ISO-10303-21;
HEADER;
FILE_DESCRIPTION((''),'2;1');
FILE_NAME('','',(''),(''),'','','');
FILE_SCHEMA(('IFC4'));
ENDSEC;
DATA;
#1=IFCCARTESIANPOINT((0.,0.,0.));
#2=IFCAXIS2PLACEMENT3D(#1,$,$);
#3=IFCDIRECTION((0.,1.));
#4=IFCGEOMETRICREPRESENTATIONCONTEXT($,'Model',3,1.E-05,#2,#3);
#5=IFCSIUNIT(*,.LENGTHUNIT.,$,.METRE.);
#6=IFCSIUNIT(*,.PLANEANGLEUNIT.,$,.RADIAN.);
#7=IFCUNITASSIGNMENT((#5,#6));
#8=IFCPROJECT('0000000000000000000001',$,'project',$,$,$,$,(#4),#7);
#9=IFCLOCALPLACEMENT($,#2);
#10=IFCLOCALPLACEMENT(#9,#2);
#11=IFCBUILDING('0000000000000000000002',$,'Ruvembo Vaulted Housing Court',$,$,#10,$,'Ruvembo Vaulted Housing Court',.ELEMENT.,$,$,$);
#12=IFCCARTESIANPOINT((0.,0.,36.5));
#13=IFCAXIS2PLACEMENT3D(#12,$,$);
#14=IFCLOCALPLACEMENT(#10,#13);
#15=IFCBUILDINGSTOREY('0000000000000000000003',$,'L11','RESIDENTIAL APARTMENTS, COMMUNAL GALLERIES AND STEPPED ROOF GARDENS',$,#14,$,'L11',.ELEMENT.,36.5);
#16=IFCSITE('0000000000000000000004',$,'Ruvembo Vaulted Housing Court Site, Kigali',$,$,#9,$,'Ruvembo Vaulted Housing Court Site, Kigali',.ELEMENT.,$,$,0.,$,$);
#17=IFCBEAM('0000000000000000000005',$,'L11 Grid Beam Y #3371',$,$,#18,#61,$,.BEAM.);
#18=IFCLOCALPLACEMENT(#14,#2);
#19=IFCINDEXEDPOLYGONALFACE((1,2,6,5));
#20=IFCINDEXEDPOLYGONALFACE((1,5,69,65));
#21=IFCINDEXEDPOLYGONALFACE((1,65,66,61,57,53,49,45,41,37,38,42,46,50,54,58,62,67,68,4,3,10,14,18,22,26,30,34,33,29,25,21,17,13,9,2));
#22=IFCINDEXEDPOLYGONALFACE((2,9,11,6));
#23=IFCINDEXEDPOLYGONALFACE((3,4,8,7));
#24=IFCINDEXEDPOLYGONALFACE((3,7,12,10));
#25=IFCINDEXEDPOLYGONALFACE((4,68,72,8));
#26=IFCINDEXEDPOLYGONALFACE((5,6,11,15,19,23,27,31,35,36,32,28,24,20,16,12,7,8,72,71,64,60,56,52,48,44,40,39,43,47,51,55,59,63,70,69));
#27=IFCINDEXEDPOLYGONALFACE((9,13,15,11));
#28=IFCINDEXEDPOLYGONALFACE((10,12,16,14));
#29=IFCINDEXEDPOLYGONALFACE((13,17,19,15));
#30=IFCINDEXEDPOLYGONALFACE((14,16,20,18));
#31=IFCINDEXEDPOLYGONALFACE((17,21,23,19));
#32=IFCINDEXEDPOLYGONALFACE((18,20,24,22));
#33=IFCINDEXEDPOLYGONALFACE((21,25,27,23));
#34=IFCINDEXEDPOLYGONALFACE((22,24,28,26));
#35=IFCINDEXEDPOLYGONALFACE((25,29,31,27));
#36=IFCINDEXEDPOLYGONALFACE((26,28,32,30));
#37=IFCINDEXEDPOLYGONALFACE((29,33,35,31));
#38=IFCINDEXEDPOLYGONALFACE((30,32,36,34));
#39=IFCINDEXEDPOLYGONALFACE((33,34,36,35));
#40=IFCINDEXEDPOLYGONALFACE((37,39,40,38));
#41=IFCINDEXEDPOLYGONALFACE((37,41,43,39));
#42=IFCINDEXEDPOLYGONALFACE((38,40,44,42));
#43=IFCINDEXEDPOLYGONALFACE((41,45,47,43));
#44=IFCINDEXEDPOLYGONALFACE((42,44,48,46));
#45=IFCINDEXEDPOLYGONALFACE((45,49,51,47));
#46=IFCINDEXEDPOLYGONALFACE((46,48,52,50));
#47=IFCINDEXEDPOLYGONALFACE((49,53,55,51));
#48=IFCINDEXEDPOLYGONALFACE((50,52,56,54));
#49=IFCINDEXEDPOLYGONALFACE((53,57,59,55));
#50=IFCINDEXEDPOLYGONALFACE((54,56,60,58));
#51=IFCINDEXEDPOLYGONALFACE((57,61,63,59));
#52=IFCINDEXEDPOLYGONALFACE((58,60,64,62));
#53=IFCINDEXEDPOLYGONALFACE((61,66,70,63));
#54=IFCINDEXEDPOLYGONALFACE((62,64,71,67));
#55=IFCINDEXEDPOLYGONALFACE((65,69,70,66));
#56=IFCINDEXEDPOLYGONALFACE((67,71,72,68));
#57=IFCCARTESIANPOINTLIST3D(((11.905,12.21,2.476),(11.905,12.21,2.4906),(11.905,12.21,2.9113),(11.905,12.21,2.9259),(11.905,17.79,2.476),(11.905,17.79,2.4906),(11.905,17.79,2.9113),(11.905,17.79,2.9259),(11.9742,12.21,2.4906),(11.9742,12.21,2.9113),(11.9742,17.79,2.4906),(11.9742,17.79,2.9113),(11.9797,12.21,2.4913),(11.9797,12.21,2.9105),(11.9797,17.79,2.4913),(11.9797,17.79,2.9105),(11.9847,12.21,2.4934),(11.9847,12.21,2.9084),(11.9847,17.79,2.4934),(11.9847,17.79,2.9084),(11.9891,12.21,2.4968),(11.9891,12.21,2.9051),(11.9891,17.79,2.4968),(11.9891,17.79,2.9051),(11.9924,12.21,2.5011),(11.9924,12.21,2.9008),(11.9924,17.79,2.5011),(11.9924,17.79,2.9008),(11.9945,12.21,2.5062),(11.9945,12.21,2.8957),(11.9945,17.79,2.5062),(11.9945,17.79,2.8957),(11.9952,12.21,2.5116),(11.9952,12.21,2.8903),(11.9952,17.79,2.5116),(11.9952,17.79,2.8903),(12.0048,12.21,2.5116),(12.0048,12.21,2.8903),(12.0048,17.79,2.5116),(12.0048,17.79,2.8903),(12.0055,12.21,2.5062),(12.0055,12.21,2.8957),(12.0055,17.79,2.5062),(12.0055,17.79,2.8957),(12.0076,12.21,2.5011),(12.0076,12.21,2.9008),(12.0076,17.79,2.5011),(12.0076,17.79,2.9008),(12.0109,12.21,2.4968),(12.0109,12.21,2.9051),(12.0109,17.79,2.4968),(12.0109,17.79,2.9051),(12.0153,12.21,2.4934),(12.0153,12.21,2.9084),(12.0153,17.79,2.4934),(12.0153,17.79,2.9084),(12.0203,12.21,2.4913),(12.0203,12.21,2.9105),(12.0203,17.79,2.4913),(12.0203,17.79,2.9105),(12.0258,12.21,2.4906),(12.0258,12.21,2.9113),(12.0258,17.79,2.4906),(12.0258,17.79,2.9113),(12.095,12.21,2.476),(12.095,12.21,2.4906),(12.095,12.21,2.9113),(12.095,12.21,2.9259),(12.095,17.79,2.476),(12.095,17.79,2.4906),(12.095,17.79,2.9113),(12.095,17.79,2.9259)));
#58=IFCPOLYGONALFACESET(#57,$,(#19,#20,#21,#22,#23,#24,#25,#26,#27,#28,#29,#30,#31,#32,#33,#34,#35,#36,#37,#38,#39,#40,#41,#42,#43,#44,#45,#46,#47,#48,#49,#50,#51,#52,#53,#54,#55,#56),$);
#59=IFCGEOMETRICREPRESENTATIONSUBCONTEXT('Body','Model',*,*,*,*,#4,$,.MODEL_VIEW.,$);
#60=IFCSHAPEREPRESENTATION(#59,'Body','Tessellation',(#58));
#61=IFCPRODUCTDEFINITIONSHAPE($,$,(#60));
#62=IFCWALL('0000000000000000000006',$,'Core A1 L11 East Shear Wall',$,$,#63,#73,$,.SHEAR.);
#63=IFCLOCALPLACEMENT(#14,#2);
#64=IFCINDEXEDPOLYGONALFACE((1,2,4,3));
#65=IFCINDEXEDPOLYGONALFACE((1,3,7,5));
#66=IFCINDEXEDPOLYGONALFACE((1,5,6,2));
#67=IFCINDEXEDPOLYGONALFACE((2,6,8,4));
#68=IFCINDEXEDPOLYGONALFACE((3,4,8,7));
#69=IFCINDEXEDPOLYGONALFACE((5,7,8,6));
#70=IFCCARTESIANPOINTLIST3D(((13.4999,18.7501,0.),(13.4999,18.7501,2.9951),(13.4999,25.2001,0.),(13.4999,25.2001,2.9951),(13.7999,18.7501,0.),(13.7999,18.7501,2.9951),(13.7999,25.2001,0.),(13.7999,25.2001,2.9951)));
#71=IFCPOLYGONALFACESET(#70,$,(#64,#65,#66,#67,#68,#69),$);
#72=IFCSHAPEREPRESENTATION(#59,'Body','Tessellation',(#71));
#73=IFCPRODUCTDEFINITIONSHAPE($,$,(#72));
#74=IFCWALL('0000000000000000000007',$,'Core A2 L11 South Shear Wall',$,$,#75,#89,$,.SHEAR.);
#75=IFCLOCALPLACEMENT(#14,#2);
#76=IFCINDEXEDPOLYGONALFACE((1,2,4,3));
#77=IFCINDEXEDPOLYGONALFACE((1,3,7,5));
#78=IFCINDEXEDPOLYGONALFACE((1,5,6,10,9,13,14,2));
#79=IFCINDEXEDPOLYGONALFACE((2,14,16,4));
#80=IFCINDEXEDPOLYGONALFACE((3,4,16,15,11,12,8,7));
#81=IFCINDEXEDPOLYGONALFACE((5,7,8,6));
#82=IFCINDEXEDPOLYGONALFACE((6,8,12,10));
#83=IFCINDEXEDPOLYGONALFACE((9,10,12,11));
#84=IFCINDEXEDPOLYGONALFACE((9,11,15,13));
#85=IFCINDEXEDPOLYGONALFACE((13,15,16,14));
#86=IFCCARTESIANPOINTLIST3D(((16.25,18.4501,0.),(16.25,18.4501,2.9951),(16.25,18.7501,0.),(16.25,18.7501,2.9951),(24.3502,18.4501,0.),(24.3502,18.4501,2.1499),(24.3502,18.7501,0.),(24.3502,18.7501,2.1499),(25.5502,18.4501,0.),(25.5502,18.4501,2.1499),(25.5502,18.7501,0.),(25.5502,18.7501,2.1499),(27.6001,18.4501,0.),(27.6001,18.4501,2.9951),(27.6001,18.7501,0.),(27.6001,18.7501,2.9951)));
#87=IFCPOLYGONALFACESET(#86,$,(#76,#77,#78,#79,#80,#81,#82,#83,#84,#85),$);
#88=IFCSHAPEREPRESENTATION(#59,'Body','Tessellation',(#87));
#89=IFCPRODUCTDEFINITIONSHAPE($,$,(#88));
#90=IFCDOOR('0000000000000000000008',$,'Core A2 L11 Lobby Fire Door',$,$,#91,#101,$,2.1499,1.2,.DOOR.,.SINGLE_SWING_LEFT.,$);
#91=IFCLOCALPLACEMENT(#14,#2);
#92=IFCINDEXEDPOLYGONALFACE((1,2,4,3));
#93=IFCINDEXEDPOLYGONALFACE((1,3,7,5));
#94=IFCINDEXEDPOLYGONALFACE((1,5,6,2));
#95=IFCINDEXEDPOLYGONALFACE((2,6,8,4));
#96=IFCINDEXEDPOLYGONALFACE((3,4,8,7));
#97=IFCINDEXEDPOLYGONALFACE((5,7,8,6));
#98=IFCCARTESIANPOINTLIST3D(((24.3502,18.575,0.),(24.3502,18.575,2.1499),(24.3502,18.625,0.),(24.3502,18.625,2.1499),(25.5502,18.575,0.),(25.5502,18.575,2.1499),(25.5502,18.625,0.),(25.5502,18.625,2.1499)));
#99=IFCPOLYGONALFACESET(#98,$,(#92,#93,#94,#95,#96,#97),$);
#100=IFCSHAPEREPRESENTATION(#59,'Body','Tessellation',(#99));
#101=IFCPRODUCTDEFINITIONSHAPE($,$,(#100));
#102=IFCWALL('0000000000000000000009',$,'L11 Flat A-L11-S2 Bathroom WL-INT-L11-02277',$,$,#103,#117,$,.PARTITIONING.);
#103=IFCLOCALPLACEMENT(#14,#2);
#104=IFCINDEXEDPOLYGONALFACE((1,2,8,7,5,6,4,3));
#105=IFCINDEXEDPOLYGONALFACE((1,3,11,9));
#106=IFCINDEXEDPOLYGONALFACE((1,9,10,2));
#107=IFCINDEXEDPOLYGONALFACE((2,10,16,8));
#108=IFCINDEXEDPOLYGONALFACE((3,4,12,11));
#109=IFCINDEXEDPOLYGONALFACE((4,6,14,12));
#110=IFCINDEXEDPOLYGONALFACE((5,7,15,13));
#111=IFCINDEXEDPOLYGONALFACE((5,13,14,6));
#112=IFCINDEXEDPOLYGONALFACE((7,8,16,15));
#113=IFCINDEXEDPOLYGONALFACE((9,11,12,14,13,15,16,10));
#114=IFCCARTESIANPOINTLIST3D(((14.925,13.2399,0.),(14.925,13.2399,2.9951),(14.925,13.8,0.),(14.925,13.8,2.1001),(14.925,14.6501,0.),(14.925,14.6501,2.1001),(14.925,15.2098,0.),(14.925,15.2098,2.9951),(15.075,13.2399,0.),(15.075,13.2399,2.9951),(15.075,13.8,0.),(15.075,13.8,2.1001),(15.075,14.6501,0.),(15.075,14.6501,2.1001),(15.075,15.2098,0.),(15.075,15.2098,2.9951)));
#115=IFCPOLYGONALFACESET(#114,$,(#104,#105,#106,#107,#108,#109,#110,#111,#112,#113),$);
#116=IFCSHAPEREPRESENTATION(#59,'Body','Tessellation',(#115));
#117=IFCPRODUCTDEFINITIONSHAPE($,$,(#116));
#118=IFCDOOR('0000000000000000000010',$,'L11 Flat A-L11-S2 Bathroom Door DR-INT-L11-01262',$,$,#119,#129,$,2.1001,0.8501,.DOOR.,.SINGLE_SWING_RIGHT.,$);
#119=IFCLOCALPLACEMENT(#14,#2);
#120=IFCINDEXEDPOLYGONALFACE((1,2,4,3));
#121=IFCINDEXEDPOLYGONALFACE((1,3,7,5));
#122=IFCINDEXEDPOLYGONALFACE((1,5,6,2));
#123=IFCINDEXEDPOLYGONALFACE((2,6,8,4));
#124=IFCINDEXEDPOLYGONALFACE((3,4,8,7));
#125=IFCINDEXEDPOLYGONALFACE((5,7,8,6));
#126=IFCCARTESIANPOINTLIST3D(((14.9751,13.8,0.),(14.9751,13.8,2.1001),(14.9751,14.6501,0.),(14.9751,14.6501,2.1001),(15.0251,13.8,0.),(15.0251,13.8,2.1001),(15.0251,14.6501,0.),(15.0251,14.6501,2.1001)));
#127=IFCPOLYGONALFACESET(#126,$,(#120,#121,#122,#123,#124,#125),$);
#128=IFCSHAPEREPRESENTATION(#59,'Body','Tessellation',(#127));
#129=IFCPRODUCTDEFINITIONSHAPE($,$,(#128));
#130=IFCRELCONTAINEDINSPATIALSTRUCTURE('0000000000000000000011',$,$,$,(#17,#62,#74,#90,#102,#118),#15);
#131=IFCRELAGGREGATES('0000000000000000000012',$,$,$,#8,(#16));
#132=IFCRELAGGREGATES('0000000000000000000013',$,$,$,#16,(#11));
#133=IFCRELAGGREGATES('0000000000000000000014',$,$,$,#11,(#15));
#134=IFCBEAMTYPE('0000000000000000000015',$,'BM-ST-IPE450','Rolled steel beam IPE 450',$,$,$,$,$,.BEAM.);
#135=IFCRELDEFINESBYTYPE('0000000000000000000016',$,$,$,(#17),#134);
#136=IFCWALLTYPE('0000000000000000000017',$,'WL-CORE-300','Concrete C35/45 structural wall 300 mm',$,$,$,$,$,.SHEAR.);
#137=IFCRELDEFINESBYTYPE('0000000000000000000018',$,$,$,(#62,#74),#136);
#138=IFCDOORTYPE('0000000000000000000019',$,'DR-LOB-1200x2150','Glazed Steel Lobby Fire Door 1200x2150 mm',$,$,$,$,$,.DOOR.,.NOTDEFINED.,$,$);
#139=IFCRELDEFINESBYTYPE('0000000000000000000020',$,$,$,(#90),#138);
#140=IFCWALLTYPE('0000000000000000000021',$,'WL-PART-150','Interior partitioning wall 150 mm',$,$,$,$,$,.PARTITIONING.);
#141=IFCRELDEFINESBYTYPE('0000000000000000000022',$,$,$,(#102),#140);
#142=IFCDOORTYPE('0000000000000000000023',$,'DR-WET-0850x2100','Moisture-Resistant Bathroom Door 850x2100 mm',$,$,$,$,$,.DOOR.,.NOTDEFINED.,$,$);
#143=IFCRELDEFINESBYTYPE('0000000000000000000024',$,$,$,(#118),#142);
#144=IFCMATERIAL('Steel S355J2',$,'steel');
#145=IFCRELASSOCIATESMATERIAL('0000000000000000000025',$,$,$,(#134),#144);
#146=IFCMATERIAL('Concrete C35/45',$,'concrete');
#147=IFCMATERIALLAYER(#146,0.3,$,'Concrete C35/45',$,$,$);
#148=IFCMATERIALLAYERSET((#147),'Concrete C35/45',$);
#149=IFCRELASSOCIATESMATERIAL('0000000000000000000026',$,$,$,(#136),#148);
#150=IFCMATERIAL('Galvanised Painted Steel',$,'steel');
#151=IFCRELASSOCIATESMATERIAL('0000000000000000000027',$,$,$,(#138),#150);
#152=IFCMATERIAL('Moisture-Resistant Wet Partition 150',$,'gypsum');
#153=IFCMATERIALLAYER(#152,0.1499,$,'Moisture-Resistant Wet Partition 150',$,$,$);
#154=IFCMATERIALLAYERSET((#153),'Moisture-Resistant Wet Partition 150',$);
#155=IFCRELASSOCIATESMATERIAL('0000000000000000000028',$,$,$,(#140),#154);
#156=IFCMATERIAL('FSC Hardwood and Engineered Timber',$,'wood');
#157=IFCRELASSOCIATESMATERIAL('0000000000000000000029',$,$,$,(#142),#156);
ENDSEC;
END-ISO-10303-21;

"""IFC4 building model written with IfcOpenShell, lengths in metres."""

from ifc_helpers import new_model, si_unit, direction, frame, frame_2d, origin, origin_2d, place, context, subcontext, project, spatial, rectangle, i_section, extrude, material, layer, layer_set, material_profile, profile_set, type_object, element, fill, save


model = new_model("IFC4")

# Units and contexts
model_context = context("Model", 3, precision=1e-05, world=origin(), true_north=direction((0.0, 1.0)))
body_context = subcontext(model_context, "Body", "Model", "MODEL_VIEW")
ifc_project = project(units=[si_unit("LENGTHUNIT", "METRE"), si_unit("PLANEANGLEUNIT", "RADIAN")], contexts=[model_context])

# Site, building, storey
site_placement = place(None, origin())
site = spatial("IfcSite", under=ifc_project, at=site_placement, Name="Ruvembo Vaulted Housing Court Site, Kigali", LongName="Ruvembo Vaulted Housing Court Site, Kigali", CompositionType="ELEMENT", RefElevation=0.0)
building_placement = place(site_placement, origin())
building = spatial("IfcBuilding", under=site, at=building_placement, Name="Ruvembo Vaulted Housing Court", LongName="Ruvembo Vaulted Housing Court", CompositionType="ELEMENT")
storey_placement = place(building_placement, frame((0.0, 0.0, 36.5)))
storey = spatial("IfcBuildingStorey", under=building, at=storey_placement, Name="L11", Description="RESIDENTIAL APARTMENTS, COMMUNAL GALLERIES AND STEPPED ROOF GARDENS", LongName="L11", CompositionType="ELEMENT", Elevation=36.5)

# Shared definitions
ifc_material_1 = material(Name="Concrete C35/45", Category="concrete")

# Beam
ifc_material_2 = material(Name="Steel S355J2", Category="steel")
ifc_material_profile_1 = material_profile(ifc_material_2, i_section(OverallWidth=0.1899, OverallDepth=0.45, WebThickness=0.0095, FlangeThickness=0.0146, FilletRadius=0.021, at=origin_2d()), Name="IPE 450")
ifc_profile_set_1 = profile_set([ifc_material_profile_1], Name="Steel S355J2")
beam_type_1 = type_object("IfcBeamType", Name="BM-ST-IPE450", Description="Rolled steel beam IPE 450", PredefinedType="BEAM", material=ifc_profile_set_1)
beam_1_placement = place(storey_placement, frame((12.0, 12.21, 2.7009), z_axis=(0.0, 1.0, 0.0), x_axis=(-1.0, 0.0, 0.0)))
element("IfcBeam", 1, at=beam_1_placement, inside=storey, type_object=beam_type_1, Name="L11 Grid Beam Y #3371", PredefinedType="BEAM", context=body_context, shape_type="SweptSolid", body=[
    extrude(i_section(OverallWidth=0.1899, OverallDepth=0.45, WebThickness=0.0095, FlangeThickness=0.0146, FilletRadius=0.021, at=origin_2d()), origin(), (0.0, 0.0, 1.0), 5.5801),
])

# Wall
ifc_layer_1 = layer(ifc_material_1, 0.3, Name="Concrete C35/45")
ifc_layer_set_1 = layer_set([ifc_layer_1], Name="Concrete C35/45")
wall_type_1 = type_object("IfcWallType", Name="WL-CORE-300", Description="Concrete C35/45 structural wall 300 mm", PredefinedType="SHEAR", material=ifc_layer_set_1)
wall_1_placement = place(storey_placement, frame((13.6499, 18.75, 0.0), z_axis=(0.0, 0.0, 1.0), x_axis=(0.0, 1.0, 0.0)))
element("IfcWall", 2, at=wall_1_placement, inside=storey, type_object=wall_type_1, Name="Core A1 L11 East Shear Wall", PredefinedType="SHEAR", context=body_context, shape_type="SweptSolid", body=[
    extrude(rectangle(XDim=6.45, YDim=0.3, at=frame_2d((3.2251, 0.0))), origin(), (0.0, 0.0, 1.0), 2.9951),
])

# Walls, openings, doors
wall_2_placement = place(storey_placement, frame((16.25, 18.6001, 0.0), z_axis=(0.0, 0.0, 1.0), x_axis=(1.0, 0.0, 0.0)))
wall_2 = element("IfcWall", 3, at=wall_2_placement, inside=storey, type_object=wall_type_1, Name="Core A2 L11 South Shear Wall", PredefinedType="SHEAR", context=body_context, shape_type="SweptSolid", body=[
    extrude(rectangle(XDim=11.3501, YDim=0.3, at=frame_2d((5.675, 0.0))), origin(), (0.0, 0.0, 1.0), 2.9951),
])
opening_1_placement = place(wall_2_placement, frame((8.1001, 0.0, 0.0)))
opening_1 = element("IfcOpeningElement", 4, at=opening_1_placement, cuts=wall_2, PredefinedType="OPENING", context=body_context, shape_type="SweptSolid", body=[
    extrude(rectangle(XDim=1.2, YDim=2.1499, at=frame_2d((0.6001, 1.075))), frame((0.0, 0.1599, 0.0), z_axis=(0.0, -1.0, 0.0), x_axis=(1.0, 0.0, 0.0)), (0.0, 0.0, 1.0), 0.3201),
])
ifc_material_3 = material(Name="Galvanised Painted Steel", Category="steel")
door_type_1 = type_object("IfcDoorType", Name="DR-LOB-1200x2150", Description="Glazed Steel Lobby Fire Door 1200x2150 mm", OperationType="NOTDEFINED", PredefinedType="DOOR", material=ifc_material_3)
door_1_placement = place(opening_1_placement, origin())
door_1 = element("IfcDoor", 5, at=door_1_placement, inside=storey, type_object=door_type_1, Name="Core A2 L11 Lobby Fire Door", OperationType="SINGLE_SWING_LEFT", OverallHeight=2.1499, OverallWidth=1.2, PredefinedType="DOOR", context=body_context, shape_type="SweptSolid", body=[
    extrude(rectangle(XDim=1.2, YDim=2.1499, at=frame_2d((0.6001, 1.075))), frame((0.0, 0.0249, 0.0), z_axis=(0.0, -1.0, 0.0), x_axis=(1.0, 0.0, 0.0)), (0.0, 0.0, 1.0), 0.05),
])
fill(opening_1, door_1)
ifc_material_4 = material(Name="FSC Hardwood and Engineered Timber", Category="wood")
ifc_material_5 = material(Name="Moisture-Resistant Wet Partition 150", Category="gypsum")
ifc_layer_2 = layer(ifc_material_5, 0.1499, Name="Moisture-Resistant Wet Partition 150")
ifc_layer_set_2 = layer_set([ifc_layer_2], Name="Moisture-Resistant Wet Partition 150")
wall_type_2 = type_object("IfcWallType", Name="WL-PART-150", Description="Interior partitioning wall 150 mm", PredefinedType="PARTITIONING", material=ifc_layer_set_2)
wall_3_placement = place(storey_placement, frame((15.0, 13.24, 0.0), z_axis=(0.0, 0.0, 1.0), x_axis=(0.0, 1.0, 0.0)))
wall_3 = element("IfcWall", 6, at=wall_3_placement, inside=storey, type_object=wall_type_2, Name="L11 Flat A-L11-S2 Bathroom WL-INT-L11-02277", PredefinedType="PARTITIONING", context=body_context, shape_type="SweptSolid", body=[
    extrude(rectangle(XDim=1.97, YDim=0.1499, at=frame_2d((0.9849, 0.0))), origin(), (0.0, 0.0, 1.0), 2.9951),
])
opening_2_placement = place(wall_3_placement, frame((0.5601, 0.0, 0.0)))
opening_2 = element("IfcOpeningElement", 7, at=opening_2_placement, cuts=wall_3, PredefinedType="OPENING", context=body_context, shape_type="SweptSolid", body=[
    extrude(rectangle(XDim=0.8501, YDim=2.1001, at=frame_2d((0.425, 1.05))), frame((0.0, 0.085, 0.0), z_axis=(0.0, -1.0, 0.0), x_axis=(1.0, 0.0, 0.0)), (0.0, 0.0, 1.0), 0.1699),
])
door_type_2 = type_object("IfcDoorType", Name="DR-WET-0850x2100", Description="Moisture-Resistant Bathroom Door 850x2100 mm", OperationType="NOTDEFINED", PredefinedType="DOOR", material=ifc_material_4)
door_2_placement = place(opening_2_placement, origin())
door_2 = element("IfcDoor", 8, at=door_2_placement, inside=storey, type_object=door_type_2, Name="L11 Flat A-L11-S2 Bathroom Door DR-INT-L11-01262", OperationType="SINGLE_SWING_RIGHT", OverallHeight=2.1001, OverallWidth=0.8501, PredefinedType="DOOR", context=body_context, shape_type="SweptSolid", body=[
    extrude(rectangle(XDim=0.8501, YDim=2.1001, at=frame_2d((0.425, 1.05))), frame((0.0, 0.0249, 0.0), z_axis=(0.0, -1.0, 0.0), x_axis=(1.0, 0.0, 0.0)), (0.0, 0.0, 1.0), 0.05),
])
fill(opening_2, door_2)

save(model, "model.ifc")
